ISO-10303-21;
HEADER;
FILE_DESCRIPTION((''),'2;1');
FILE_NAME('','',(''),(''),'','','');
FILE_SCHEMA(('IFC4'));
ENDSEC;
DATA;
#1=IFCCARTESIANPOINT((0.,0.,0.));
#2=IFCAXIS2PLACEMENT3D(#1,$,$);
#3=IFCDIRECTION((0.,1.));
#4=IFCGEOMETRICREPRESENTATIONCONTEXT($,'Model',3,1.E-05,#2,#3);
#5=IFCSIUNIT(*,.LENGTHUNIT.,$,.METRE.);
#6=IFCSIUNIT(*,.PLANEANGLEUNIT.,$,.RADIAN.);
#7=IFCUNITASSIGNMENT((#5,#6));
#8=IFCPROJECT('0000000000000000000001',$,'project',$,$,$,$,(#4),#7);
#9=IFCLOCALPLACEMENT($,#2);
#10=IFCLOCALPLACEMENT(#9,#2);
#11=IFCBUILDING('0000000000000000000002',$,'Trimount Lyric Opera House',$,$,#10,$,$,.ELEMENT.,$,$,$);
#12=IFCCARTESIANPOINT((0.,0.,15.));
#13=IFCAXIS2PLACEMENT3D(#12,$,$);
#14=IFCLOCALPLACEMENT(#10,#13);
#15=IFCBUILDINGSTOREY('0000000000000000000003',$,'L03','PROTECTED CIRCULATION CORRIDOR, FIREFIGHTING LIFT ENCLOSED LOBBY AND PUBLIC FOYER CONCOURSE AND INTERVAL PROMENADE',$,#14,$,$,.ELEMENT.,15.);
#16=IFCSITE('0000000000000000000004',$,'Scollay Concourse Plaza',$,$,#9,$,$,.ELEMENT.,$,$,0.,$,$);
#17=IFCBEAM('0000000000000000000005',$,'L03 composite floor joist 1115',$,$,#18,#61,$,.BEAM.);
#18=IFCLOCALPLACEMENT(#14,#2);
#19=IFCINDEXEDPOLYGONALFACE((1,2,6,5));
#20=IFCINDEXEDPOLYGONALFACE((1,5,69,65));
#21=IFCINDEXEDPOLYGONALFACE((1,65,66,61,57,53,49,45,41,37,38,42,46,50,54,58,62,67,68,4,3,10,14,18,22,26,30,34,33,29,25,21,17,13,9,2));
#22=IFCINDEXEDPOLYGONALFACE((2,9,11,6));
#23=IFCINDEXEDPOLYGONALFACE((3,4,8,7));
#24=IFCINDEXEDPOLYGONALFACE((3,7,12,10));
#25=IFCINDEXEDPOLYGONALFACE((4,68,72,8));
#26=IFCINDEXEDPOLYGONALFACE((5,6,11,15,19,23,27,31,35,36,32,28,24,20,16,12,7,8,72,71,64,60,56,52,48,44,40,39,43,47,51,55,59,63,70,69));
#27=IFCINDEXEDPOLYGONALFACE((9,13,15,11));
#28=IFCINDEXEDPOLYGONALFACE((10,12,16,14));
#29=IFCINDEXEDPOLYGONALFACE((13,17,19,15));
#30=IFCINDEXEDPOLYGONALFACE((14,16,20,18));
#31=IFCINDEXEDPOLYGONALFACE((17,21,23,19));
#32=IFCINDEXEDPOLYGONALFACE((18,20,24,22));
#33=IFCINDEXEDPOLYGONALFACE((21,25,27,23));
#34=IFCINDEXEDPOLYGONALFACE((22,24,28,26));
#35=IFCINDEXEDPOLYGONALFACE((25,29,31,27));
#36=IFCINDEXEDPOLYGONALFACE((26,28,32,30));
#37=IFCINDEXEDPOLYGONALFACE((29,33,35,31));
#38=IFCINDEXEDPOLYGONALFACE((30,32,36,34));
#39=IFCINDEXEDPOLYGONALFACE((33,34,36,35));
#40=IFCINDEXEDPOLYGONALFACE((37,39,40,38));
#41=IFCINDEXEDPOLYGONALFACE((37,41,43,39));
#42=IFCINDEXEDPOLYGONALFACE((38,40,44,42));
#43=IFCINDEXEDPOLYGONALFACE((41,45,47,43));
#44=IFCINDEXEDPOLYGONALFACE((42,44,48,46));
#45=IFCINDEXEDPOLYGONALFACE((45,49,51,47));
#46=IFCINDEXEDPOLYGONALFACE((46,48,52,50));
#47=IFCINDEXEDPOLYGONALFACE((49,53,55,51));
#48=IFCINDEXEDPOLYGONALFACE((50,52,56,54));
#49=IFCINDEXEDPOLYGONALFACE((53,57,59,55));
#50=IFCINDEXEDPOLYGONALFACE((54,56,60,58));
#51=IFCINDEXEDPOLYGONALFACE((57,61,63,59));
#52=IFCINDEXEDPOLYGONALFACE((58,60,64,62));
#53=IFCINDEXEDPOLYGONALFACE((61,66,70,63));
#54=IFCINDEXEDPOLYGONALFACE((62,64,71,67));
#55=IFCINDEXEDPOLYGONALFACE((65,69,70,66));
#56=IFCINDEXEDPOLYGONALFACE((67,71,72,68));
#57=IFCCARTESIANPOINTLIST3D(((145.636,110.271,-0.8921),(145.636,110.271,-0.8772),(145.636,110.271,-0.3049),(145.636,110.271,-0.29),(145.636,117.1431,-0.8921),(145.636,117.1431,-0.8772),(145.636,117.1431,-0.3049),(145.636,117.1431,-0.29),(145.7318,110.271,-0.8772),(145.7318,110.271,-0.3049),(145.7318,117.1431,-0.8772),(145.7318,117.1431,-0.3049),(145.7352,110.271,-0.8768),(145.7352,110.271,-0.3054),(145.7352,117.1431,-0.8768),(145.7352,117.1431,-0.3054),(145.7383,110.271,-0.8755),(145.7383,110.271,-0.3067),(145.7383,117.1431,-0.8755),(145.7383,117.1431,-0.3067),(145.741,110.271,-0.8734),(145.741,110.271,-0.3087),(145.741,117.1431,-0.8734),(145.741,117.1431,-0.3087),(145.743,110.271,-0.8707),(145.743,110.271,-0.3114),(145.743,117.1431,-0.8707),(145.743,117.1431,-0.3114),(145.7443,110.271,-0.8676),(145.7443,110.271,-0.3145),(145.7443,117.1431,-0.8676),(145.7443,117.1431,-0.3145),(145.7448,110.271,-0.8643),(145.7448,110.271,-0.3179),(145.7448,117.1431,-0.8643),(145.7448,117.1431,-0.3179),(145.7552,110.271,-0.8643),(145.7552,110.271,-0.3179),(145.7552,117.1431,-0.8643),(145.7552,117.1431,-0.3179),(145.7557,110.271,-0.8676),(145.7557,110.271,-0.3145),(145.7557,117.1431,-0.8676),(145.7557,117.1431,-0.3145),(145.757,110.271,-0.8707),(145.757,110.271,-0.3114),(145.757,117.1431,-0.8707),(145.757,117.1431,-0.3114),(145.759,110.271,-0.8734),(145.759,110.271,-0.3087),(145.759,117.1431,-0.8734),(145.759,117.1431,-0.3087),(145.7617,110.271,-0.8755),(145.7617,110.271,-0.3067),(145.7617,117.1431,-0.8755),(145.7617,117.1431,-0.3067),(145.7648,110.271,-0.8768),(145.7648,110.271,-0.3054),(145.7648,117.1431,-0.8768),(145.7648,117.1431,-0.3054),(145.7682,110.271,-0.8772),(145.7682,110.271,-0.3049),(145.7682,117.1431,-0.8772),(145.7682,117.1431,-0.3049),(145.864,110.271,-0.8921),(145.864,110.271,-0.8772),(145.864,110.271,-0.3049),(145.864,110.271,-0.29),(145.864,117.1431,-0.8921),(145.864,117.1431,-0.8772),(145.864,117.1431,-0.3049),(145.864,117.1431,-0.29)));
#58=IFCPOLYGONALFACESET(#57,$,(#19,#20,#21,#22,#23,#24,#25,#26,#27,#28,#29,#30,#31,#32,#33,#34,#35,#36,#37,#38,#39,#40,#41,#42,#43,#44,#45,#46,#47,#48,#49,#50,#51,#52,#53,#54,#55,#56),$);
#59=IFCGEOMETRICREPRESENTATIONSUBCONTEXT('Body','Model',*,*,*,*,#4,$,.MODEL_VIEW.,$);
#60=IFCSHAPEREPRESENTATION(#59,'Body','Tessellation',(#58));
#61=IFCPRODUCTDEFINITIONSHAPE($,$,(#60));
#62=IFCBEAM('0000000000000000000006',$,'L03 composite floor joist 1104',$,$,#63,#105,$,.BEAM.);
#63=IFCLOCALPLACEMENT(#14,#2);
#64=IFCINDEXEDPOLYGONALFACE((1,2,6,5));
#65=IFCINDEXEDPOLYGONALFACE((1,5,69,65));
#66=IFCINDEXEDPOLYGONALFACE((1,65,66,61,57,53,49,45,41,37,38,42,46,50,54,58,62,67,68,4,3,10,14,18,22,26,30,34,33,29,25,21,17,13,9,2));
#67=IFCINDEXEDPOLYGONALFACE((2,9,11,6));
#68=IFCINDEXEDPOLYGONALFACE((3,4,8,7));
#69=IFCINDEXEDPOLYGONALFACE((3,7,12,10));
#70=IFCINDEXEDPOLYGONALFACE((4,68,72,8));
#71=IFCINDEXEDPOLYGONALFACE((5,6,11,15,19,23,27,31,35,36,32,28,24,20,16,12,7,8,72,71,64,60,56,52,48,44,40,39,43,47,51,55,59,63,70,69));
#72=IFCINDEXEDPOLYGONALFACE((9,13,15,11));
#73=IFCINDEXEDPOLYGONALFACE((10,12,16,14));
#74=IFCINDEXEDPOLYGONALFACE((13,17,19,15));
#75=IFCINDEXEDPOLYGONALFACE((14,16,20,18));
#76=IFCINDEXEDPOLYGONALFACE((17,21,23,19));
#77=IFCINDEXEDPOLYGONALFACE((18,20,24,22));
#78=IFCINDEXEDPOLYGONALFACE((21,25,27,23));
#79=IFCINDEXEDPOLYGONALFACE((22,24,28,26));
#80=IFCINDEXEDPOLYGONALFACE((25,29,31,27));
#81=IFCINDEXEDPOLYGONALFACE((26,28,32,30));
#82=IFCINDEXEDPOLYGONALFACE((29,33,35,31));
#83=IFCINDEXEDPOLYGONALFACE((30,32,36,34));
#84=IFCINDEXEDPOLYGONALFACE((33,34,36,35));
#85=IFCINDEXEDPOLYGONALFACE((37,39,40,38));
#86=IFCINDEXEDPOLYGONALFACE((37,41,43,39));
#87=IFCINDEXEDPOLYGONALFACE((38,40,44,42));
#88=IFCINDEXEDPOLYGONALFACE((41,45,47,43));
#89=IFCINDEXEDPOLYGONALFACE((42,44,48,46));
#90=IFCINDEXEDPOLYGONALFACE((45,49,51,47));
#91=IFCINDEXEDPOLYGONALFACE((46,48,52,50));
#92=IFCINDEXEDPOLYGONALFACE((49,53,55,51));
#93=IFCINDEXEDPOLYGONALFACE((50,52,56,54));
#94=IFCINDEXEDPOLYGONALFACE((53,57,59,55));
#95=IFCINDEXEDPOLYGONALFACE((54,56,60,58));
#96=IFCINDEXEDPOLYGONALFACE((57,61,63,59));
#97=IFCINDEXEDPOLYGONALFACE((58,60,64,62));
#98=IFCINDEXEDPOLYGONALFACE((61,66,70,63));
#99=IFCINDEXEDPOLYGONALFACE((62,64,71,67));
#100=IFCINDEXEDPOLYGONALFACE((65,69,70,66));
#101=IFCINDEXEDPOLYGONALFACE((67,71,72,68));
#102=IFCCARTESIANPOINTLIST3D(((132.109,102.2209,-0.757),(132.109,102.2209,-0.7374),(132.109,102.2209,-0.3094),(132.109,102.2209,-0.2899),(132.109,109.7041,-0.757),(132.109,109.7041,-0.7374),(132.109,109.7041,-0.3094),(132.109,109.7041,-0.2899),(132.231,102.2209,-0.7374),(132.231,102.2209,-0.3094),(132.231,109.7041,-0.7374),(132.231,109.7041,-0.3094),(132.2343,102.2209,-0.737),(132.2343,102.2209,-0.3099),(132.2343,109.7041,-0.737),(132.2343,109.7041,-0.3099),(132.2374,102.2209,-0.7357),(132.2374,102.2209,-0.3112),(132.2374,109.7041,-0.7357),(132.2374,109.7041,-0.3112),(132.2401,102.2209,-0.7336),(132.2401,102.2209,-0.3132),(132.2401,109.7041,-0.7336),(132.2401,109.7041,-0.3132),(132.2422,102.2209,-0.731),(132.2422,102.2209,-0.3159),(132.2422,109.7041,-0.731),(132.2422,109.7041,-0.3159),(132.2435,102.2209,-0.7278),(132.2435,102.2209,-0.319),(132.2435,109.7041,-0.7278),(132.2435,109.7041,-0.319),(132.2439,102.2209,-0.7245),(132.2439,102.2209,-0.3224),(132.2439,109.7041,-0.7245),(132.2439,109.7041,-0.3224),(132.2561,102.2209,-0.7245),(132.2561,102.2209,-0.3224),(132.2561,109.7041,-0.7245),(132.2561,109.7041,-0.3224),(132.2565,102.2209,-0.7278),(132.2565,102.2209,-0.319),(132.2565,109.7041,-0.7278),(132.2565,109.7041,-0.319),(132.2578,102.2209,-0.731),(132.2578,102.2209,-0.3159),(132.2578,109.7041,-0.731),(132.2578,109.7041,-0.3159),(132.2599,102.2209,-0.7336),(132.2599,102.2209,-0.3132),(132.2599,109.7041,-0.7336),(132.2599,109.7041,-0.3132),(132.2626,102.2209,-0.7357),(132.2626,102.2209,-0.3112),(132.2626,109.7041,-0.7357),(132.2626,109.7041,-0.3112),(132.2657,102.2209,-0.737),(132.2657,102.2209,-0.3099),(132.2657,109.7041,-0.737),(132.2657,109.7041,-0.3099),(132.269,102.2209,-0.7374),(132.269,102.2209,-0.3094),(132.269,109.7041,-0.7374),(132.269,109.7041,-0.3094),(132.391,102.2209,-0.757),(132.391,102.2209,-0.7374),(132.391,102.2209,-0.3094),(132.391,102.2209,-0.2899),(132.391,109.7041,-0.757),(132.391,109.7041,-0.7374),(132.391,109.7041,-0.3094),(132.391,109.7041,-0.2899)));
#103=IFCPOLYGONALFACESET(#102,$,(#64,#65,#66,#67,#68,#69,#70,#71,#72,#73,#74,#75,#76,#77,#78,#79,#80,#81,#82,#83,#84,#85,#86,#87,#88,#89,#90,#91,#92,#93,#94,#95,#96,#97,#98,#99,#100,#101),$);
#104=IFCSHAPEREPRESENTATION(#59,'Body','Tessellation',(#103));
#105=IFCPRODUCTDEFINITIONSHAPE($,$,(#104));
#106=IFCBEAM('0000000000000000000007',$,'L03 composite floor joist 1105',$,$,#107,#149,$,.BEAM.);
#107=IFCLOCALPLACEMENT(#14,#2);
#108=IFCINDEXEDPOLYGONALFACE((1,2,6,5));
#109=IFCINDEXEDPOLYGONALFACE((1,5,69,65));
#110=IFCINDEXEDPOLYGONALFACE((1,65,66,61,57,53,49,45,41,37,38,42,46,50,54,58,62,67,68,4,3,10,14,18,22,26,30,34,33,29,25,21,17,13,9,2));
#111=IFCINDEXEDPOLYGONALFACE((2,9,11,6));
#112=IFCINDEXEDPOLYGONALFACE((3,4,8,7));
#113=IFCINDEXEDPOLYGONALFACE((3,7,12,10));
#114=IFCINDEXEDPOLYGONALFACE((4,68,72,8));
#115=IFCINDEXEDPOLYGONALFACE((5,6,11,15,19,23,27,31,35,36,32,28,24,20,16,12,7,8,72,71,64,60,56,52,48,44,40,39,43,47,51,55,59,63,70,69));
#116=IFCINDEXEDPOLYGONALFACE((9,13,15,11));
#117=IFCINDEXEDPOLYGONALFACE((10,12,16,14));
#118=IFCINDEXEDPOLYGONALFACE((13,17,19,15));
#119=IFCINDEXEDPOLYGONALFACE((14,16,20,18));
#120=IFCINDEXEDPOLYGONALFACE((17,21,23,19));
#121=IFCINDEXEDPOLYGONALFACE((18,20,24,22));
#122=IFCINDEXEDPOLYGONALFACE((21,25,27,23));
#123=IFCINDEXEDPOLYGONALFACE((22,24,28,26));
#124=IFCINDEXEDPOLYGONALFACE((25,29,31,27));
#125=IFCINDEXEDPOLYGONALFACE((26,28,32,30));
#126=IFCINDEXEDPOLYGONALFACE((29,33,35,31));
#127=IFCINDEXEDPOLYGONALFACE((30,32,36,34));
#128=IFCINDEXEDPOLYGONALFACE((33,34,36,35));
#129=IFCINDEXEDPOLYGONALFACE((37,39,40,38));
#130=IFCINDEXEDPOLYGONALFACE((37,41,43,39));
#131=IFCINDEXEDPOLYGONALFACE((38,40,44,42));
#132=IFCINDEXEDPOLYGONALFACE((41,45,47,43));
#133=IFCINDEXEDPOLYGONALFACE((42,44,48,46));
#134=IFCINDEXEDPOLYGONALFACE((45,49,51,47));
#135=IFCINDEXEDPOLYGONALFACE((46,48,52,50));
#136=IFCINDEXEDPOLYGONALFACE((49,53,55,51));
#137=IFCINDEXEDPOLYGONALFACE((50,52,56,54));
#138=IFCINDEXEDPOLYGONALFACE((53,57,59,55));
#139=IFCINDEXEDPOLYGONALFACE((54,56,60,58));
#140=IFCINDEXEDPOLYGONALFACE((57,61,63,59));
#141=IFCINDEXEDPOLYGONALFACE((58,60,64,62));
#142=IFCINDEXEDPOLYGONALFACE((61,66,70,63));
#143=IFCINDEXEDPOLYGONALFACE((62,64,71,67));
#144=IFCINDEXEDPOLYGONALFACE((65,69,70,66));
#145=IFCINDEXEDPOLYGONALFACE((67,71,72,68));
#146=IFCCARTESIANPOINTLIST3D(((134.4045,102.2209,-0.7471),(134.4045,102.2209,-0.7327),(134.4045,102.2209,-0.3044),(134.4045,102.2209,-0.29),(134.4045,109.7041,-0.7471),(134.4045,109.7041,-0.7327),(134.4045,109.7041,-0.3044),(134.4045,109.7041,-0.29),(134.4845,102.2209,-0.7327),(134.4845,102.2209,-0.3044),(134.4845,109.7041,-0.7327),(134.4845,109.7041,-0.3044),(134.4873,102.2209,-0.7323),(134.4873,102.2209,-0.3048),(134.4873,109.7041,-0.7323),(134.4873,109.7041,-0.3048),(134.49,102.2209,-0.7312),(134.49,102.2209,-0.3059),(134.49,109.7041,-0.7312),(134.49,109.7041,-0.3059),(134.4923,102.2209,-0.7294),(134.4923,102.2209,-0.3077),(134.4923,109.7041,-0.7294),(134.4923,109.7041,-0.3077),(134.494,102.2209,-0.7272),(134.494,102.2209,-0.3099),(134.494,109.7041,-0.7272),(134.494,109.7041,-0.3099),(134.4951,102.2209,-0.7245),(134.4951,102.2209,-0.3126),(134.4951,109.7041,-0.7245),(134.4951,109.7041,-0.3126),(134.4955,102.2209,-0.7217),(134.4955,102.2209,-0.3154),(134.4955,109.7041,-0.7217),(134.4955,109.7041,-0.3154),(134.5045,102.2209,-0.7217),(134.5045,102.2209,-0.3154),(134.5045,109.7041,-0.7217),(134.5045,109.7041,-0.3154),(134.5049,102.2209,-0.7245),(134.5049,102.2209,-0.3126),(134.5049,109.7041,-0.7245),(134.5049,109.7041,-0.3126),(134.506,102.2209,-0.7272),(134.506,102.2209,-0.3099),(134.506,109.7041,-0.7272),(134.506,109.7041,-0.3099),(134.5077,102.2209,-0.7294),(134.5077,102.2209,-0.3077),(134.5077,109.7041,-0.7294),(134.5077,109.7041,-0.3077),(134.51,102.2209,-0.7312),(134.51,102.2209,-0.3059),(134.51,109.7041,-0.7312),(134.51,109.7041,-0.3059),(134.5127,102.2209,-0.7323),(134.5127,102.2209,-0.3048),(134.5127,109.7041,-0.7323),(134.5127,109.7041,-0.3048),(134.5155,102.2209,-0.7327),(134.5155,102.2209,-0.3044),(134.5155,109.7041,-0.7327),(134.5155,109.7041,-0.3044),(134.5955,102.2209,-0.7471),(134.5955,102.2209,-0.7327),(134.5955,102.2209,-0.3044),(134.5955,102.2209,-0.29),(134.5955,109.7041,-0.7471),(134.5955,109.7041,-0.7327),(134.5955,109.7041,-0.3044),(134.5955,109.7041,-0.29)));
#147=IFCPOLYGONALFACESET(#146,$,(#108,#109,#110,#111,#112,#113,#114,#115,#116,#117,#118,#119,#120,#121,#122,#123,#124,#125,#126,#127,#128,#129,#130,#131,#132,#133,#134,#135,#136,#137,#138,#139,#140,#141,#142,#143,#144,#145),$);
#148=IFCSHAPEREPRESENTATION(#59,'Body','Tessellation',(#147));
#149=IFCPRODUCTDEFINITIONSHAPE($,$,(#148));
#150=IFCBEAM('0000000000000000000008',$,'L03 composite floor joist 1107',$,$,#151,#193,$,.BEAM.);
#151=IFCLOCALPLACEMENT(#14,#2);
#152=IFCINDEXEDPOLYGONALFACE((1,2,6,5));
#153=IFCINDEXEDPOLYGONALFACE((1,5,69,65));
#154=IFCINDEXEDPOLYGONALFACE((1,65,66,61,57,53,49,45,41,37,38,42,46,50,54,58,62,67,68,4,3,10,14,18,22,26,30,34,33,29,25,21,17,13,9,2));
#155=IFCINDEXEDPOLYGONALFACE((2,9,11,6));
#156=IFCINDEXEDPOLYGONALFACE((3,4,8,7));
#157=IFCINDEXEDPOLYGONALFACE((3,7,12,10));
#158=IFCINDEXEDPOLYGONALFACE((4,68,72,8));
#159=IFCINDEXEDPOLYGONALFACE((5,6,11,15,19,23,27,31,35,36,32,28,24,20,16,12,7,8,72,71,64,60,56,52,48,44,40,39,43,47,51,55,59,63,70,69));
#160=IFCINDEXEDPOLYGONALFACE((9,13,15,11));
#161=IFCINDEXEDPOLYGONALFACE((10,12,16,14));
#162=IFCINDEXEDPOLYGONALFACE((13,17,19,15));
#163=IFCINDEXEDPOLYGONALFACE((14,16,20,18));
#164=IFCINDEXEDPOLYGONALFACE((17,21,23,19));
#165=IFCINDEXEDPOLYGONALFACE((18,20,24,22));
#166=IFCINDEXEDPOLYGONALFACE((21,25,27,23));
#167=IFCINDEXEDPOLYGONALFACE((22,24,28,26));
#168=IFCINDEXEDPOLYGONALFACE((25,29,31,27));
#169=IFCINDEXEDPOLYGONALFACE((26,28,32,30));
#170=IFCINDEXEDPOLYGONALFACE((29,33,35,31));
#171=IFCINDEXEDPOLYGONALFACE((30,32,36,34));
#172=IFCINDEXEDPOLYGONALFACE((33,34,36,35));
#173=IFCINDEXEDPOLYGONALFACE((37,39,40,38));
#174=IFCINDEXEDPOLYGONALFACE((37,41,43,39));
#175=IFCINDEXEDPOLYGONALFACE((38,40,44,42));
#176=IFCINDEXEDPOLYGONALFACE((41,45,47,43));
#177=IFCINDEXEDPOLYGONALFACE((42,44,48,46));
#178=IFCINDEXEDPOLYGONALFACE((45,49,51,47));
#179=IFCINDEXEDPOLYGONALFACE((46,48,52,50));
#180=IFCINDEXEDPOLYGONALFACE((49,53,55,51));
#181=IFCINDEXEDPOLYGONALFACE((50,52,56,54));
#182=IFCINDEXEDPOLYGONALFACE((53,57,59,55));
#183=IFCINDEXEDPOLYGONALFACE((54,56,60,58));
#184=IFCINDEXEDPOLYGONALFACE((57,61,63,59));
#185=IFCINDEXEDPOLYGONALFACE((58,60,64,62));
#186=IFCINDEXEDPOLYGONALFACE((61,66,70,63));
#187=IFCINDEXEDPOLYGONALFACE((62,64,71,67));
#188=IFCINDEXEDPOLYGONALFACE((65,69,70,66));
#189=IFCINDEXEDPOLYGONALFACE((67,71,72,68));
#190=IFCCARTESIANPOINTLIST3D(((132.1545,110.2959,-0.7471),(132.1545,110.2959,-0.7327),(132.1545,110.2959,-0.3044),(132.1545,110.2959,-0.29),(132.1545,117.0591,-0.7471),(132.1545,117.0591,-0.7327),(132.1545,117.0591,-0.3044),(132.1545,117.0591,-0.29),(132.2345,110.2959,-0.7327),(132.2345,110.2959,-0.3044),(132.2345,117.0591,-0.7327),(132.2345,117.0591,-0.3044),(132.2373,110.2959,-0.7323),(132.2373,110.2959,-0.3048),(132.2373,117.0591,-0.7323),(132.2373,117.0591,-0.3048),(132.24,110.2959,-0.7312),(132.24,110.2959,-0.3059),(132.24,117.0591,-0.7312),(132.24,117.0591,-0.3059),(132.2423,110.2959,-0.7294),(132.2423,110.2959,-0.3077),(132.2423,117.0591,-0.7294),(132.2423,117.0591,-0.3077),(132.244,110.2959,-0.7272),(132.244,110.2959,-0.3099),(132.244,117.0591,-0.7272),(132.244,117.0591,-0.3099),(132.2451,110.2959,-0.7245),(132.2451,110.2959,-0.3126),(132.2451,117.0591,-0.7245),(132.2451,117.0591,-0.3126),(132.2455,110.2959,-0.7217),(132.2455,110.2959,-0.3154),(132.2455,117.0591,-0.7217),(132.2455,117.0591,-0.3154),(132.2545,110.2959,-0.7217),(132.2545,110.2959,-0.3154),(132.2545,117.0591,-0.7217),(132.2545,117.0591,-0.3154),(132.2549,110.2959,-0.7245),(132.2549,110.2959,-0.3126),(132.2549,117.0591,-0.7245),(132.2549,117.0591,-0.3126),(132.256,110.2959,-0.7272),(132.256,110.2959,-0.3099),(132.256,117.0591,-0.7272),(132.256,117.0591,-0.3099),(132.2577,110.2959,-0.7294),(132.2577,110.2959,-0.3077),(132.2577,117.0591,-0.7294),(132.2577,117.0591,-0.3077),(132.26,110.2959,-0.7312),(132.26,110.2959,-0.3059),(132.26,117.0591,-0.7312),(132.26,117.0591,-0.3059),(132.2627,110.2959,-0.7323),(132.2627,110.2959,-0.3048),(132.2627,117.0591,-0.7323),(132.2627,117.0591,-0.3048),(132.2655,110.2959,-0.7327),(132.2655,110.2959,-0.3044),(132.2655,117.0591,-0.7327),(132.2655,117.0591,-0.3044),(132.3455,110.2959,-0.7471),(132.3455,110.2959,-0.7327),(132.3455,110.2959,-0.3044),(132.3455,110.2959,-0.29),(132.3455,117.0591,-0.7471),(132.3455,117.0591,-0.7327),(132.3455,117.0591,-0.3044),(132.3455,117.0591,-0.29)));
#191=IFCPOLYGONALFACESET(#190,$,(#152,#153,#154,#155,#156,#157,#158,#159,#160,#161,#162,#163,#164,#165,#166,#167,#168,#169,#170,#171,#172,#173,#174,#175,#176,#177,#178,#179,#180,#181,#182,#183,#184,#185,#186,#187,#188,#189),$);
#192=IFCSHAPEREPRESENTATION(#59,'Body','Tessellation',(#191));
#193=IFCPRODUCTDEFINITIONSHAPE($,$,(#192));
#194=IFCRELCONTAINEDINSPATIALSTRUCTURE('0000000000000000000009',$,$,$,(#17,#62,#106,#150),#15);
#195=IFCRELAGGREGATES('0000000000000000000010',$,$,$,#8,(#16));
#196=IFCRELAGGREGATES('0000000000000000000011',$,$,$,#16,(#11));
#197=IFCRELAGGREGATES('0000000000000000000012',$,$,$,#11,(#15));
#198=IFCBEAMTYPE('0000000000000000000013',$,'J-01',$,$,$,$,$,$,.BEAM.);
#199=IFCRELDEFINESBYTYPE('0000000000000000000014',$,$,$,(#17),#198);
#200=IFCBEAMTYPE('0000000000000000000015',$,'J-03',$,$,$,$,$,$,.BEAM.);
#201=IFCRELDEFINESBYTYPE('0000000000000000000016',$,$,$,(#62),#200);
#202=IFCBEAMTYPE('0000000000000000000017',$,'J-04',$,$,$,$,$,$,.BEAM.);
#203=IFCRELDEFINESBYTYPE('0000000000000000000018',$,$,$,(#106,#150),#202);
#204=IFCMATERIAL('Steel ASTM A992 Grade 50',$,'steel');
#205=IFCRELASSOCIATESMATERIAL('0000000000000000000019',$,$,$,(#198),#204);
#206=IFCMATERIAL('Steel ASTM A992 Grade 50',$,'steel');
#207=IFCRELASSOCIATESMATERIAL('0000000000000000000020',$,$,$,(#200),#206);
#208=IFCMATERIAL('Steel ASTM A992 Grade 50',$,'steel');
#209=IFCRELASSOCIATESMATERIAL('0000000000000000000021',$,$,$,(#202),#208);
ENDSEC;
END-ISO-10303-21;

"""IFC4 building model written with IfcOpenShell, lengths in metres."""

from ifc_helpers import new_model, si_unit, direction, frame, origin, origin_2d, place, context, subcontext, project, spatial, i_section, extrude, material, material_profile, profile_set, type_object, element, save


model = new_model("IFC4")

# Units and contexts
model_context = context("Model", 3, precision=1e-05, world=origin(), true_north=direction((0.0, 1.0)))
body_context = subcontext(model_context, "Body", "Model", "MODEL_VIEW")
ifc_project = project(units=[si_unit("LENGTHUNIT", "METRE"), si_unit("PLANEANGLEUNIT", "RADIAN")], contexts=[model_context])

# Site, building, storey
site_placement = place(None, origin())
site = spatial("IfcSite", under=ifc_project, at=site_placement, Name="Scollay Concourse Plaza", CompositionType="ELEMENT", RefElevation=0.0)
building_placement = place(site_placement, origin())
building = spatial("IfcBuilding", under=site, at=building_placement, Name="Trimount Lyric Opera House", CompositionType="ELEMENT")
storey_placement = place(building_placement, frame((0.0, 0.0, 15.0)))
storey = spatial("IfcBuildingStorey", under=building, at=storey_placement, Name="L03", Description="PROTECTED CIRCULATION CORRIDOR, FIREFIGHTING LIFT ENCLOSED LOBBY AND PUBLIC FOYER CONCOURSE AND INTERVAL PROMENADE", CompositionType="ELEMENT", Elevation=15.0)

# Beams
ifc_material_1 = material(Name="Steel ASTM A992 Grade 50", Category="steel")
ifc_material_profile_1 = material_profile(ifc_material_1, i_section(OverallWidth=0.228, OverallDepth=0.6021, WebThickness=0.0105, FlangeThickness=0.0149, FilletRadius=0.0129, at=origin_2d()), Name="W24X68")
ifc_profile_set_1 = profile_set([ifc_material_profile_1], Name="Steel ASTM A992 Grade 50")
beam_type_1 = type_object("IfcBeamType", Name="J-01", PredefinedType="BEAM", material=ifc_profile_set_1)
beam_1_placement = place(storey_placement, frame((145.75, 110.271, -0.5911), z_axis=(0.0, 1.0, 0.0), x_axis=(-1.0, 0.0, 0.0)))
element("IfcBeam", 1, at=beam_1_placement, inside=storey, type_object=beam_type_1, Name="L03 composite floor joist 1115", PredefinedType="BEAM", context=body_context, shape_type="SweptSolid", body=[
    extrude(i_section(OverallWidth=0.228, OverallDepth=0.6021, WebThickness=0.0105, FlangeThickness=0.0149, FilletRadius=0.0129, at=origin_2d()), origin(), (0.0, 0.0, 1.0), 6.8721),
])
ifc_material_2 = material(Name="Steel ASTM A992 Grade 50", Category="steel")
ifc_material_profile_2 = material_profile(ifc_material_2, i_section(OverallWidth=0.282, OverallDepth=0.467, WebThickness=0.0122, FlangeThickness=0.0195, FilletRadius=0.0129, at=origin_2d()), Name="W18X86")
ifc_profile_set_2 = profile_set([ifc_material_profile_2], Name="Steel ASTM A992 Grade 50")
beam_type_2 = type_object("IfcBeamType", Name="J-03", PredefinedType="BEAM", material=ifc_profile_set_2)
beam_2_placement = place(storey_placement, frame((132.25, 102.2209, -0.5234), z_axis=(0.0, 1.0, 0.0), x_axis=(-1.0, 0.0, 0.0)))
element("IfcBeam", 2, at=beam_2_placement, inside=storey, type_object=beam_type_2, Name="L03 composite floor joist 1104", PredefinedType="BEAM", context=body_context, shape_type="SweptSolid", body=[
    extrude(i_section(OverallWidth=0.282, OverallDepth=0.467, WebThickness=0.0122, FlangeThickness=0.0195, FilletRadius=0.0129, at=origin_2d()), origin(), (0.0, 0.0, 1.0), 7.4832),
])
ifc_material_3 = material(Name="Steel ASTM A992 Grade 50", Category="steel")
ifc_material_profile_3 = material_profile(ifc_material_3, i_section(OverallWidth=0.1909, OverallDepth=0.457, WebThickness=0.009, FlangeThickness=0.0144, FilletRadius=0.011, at=origin_2d()), Name="W18X50")
ifc_profile_set_3 = profile_set([ifc_material_profile_3], Name="Steel ASTM A992 Grade 50")
beam_type_3 = type_object("IfcBeamType", Name="J-04", PredefinedType="BEAM", material=ifc_profile_set_3)
beam_3_placement = place(storey_placement, frame((134.5, 102.2209, -0.5186), z_axis=(0.0, 1.0, 0.0), x_axis=(-1.0, 0.0, 0.0)))
element("IfcBeam", 3, at=beam_3_placement, inside=storey, type_object=beam_type_3, Name="L03 composite floor joist 1105", PredefinedType="BEAM", context=body_context, shape_type="SweptSolid", body=[
    extrude(i_section(OverallWidth=0.1909, OverallDepth=0.457, WebThickness=0.009, FlangeThickness=0.0144, FilletRadius=0.011, at=origin_2d()), origin(), (0.0, 0.0, 1.0), 7.4832),
])
beam_4_placement = place(storey_placement, frame((132.25, 110.2959, -0.5186), z_axis=(0.0, 1.0, 0.0), x_axis=(-1.0, 0.0, 0.0)))
element("IfcBeam", 4, at=beam_4_placement, inside=storey, type_object=beam_type_3, Name="L03 composite floor joist 1107", PredefinedType="BEAM", context=body_context, shape_type="SweptSolid", body=[
    extrude(i_section(OverallWidth=0.1909, OverallDepth=0.457, WebThickness=0.009, FlangeThickness=0.0144, FilletRadius=0.011, at=origin_2d()), origin(), (0.0, 0.0, 1.0), 6.7632),
])

save(model, "model.ifc")
